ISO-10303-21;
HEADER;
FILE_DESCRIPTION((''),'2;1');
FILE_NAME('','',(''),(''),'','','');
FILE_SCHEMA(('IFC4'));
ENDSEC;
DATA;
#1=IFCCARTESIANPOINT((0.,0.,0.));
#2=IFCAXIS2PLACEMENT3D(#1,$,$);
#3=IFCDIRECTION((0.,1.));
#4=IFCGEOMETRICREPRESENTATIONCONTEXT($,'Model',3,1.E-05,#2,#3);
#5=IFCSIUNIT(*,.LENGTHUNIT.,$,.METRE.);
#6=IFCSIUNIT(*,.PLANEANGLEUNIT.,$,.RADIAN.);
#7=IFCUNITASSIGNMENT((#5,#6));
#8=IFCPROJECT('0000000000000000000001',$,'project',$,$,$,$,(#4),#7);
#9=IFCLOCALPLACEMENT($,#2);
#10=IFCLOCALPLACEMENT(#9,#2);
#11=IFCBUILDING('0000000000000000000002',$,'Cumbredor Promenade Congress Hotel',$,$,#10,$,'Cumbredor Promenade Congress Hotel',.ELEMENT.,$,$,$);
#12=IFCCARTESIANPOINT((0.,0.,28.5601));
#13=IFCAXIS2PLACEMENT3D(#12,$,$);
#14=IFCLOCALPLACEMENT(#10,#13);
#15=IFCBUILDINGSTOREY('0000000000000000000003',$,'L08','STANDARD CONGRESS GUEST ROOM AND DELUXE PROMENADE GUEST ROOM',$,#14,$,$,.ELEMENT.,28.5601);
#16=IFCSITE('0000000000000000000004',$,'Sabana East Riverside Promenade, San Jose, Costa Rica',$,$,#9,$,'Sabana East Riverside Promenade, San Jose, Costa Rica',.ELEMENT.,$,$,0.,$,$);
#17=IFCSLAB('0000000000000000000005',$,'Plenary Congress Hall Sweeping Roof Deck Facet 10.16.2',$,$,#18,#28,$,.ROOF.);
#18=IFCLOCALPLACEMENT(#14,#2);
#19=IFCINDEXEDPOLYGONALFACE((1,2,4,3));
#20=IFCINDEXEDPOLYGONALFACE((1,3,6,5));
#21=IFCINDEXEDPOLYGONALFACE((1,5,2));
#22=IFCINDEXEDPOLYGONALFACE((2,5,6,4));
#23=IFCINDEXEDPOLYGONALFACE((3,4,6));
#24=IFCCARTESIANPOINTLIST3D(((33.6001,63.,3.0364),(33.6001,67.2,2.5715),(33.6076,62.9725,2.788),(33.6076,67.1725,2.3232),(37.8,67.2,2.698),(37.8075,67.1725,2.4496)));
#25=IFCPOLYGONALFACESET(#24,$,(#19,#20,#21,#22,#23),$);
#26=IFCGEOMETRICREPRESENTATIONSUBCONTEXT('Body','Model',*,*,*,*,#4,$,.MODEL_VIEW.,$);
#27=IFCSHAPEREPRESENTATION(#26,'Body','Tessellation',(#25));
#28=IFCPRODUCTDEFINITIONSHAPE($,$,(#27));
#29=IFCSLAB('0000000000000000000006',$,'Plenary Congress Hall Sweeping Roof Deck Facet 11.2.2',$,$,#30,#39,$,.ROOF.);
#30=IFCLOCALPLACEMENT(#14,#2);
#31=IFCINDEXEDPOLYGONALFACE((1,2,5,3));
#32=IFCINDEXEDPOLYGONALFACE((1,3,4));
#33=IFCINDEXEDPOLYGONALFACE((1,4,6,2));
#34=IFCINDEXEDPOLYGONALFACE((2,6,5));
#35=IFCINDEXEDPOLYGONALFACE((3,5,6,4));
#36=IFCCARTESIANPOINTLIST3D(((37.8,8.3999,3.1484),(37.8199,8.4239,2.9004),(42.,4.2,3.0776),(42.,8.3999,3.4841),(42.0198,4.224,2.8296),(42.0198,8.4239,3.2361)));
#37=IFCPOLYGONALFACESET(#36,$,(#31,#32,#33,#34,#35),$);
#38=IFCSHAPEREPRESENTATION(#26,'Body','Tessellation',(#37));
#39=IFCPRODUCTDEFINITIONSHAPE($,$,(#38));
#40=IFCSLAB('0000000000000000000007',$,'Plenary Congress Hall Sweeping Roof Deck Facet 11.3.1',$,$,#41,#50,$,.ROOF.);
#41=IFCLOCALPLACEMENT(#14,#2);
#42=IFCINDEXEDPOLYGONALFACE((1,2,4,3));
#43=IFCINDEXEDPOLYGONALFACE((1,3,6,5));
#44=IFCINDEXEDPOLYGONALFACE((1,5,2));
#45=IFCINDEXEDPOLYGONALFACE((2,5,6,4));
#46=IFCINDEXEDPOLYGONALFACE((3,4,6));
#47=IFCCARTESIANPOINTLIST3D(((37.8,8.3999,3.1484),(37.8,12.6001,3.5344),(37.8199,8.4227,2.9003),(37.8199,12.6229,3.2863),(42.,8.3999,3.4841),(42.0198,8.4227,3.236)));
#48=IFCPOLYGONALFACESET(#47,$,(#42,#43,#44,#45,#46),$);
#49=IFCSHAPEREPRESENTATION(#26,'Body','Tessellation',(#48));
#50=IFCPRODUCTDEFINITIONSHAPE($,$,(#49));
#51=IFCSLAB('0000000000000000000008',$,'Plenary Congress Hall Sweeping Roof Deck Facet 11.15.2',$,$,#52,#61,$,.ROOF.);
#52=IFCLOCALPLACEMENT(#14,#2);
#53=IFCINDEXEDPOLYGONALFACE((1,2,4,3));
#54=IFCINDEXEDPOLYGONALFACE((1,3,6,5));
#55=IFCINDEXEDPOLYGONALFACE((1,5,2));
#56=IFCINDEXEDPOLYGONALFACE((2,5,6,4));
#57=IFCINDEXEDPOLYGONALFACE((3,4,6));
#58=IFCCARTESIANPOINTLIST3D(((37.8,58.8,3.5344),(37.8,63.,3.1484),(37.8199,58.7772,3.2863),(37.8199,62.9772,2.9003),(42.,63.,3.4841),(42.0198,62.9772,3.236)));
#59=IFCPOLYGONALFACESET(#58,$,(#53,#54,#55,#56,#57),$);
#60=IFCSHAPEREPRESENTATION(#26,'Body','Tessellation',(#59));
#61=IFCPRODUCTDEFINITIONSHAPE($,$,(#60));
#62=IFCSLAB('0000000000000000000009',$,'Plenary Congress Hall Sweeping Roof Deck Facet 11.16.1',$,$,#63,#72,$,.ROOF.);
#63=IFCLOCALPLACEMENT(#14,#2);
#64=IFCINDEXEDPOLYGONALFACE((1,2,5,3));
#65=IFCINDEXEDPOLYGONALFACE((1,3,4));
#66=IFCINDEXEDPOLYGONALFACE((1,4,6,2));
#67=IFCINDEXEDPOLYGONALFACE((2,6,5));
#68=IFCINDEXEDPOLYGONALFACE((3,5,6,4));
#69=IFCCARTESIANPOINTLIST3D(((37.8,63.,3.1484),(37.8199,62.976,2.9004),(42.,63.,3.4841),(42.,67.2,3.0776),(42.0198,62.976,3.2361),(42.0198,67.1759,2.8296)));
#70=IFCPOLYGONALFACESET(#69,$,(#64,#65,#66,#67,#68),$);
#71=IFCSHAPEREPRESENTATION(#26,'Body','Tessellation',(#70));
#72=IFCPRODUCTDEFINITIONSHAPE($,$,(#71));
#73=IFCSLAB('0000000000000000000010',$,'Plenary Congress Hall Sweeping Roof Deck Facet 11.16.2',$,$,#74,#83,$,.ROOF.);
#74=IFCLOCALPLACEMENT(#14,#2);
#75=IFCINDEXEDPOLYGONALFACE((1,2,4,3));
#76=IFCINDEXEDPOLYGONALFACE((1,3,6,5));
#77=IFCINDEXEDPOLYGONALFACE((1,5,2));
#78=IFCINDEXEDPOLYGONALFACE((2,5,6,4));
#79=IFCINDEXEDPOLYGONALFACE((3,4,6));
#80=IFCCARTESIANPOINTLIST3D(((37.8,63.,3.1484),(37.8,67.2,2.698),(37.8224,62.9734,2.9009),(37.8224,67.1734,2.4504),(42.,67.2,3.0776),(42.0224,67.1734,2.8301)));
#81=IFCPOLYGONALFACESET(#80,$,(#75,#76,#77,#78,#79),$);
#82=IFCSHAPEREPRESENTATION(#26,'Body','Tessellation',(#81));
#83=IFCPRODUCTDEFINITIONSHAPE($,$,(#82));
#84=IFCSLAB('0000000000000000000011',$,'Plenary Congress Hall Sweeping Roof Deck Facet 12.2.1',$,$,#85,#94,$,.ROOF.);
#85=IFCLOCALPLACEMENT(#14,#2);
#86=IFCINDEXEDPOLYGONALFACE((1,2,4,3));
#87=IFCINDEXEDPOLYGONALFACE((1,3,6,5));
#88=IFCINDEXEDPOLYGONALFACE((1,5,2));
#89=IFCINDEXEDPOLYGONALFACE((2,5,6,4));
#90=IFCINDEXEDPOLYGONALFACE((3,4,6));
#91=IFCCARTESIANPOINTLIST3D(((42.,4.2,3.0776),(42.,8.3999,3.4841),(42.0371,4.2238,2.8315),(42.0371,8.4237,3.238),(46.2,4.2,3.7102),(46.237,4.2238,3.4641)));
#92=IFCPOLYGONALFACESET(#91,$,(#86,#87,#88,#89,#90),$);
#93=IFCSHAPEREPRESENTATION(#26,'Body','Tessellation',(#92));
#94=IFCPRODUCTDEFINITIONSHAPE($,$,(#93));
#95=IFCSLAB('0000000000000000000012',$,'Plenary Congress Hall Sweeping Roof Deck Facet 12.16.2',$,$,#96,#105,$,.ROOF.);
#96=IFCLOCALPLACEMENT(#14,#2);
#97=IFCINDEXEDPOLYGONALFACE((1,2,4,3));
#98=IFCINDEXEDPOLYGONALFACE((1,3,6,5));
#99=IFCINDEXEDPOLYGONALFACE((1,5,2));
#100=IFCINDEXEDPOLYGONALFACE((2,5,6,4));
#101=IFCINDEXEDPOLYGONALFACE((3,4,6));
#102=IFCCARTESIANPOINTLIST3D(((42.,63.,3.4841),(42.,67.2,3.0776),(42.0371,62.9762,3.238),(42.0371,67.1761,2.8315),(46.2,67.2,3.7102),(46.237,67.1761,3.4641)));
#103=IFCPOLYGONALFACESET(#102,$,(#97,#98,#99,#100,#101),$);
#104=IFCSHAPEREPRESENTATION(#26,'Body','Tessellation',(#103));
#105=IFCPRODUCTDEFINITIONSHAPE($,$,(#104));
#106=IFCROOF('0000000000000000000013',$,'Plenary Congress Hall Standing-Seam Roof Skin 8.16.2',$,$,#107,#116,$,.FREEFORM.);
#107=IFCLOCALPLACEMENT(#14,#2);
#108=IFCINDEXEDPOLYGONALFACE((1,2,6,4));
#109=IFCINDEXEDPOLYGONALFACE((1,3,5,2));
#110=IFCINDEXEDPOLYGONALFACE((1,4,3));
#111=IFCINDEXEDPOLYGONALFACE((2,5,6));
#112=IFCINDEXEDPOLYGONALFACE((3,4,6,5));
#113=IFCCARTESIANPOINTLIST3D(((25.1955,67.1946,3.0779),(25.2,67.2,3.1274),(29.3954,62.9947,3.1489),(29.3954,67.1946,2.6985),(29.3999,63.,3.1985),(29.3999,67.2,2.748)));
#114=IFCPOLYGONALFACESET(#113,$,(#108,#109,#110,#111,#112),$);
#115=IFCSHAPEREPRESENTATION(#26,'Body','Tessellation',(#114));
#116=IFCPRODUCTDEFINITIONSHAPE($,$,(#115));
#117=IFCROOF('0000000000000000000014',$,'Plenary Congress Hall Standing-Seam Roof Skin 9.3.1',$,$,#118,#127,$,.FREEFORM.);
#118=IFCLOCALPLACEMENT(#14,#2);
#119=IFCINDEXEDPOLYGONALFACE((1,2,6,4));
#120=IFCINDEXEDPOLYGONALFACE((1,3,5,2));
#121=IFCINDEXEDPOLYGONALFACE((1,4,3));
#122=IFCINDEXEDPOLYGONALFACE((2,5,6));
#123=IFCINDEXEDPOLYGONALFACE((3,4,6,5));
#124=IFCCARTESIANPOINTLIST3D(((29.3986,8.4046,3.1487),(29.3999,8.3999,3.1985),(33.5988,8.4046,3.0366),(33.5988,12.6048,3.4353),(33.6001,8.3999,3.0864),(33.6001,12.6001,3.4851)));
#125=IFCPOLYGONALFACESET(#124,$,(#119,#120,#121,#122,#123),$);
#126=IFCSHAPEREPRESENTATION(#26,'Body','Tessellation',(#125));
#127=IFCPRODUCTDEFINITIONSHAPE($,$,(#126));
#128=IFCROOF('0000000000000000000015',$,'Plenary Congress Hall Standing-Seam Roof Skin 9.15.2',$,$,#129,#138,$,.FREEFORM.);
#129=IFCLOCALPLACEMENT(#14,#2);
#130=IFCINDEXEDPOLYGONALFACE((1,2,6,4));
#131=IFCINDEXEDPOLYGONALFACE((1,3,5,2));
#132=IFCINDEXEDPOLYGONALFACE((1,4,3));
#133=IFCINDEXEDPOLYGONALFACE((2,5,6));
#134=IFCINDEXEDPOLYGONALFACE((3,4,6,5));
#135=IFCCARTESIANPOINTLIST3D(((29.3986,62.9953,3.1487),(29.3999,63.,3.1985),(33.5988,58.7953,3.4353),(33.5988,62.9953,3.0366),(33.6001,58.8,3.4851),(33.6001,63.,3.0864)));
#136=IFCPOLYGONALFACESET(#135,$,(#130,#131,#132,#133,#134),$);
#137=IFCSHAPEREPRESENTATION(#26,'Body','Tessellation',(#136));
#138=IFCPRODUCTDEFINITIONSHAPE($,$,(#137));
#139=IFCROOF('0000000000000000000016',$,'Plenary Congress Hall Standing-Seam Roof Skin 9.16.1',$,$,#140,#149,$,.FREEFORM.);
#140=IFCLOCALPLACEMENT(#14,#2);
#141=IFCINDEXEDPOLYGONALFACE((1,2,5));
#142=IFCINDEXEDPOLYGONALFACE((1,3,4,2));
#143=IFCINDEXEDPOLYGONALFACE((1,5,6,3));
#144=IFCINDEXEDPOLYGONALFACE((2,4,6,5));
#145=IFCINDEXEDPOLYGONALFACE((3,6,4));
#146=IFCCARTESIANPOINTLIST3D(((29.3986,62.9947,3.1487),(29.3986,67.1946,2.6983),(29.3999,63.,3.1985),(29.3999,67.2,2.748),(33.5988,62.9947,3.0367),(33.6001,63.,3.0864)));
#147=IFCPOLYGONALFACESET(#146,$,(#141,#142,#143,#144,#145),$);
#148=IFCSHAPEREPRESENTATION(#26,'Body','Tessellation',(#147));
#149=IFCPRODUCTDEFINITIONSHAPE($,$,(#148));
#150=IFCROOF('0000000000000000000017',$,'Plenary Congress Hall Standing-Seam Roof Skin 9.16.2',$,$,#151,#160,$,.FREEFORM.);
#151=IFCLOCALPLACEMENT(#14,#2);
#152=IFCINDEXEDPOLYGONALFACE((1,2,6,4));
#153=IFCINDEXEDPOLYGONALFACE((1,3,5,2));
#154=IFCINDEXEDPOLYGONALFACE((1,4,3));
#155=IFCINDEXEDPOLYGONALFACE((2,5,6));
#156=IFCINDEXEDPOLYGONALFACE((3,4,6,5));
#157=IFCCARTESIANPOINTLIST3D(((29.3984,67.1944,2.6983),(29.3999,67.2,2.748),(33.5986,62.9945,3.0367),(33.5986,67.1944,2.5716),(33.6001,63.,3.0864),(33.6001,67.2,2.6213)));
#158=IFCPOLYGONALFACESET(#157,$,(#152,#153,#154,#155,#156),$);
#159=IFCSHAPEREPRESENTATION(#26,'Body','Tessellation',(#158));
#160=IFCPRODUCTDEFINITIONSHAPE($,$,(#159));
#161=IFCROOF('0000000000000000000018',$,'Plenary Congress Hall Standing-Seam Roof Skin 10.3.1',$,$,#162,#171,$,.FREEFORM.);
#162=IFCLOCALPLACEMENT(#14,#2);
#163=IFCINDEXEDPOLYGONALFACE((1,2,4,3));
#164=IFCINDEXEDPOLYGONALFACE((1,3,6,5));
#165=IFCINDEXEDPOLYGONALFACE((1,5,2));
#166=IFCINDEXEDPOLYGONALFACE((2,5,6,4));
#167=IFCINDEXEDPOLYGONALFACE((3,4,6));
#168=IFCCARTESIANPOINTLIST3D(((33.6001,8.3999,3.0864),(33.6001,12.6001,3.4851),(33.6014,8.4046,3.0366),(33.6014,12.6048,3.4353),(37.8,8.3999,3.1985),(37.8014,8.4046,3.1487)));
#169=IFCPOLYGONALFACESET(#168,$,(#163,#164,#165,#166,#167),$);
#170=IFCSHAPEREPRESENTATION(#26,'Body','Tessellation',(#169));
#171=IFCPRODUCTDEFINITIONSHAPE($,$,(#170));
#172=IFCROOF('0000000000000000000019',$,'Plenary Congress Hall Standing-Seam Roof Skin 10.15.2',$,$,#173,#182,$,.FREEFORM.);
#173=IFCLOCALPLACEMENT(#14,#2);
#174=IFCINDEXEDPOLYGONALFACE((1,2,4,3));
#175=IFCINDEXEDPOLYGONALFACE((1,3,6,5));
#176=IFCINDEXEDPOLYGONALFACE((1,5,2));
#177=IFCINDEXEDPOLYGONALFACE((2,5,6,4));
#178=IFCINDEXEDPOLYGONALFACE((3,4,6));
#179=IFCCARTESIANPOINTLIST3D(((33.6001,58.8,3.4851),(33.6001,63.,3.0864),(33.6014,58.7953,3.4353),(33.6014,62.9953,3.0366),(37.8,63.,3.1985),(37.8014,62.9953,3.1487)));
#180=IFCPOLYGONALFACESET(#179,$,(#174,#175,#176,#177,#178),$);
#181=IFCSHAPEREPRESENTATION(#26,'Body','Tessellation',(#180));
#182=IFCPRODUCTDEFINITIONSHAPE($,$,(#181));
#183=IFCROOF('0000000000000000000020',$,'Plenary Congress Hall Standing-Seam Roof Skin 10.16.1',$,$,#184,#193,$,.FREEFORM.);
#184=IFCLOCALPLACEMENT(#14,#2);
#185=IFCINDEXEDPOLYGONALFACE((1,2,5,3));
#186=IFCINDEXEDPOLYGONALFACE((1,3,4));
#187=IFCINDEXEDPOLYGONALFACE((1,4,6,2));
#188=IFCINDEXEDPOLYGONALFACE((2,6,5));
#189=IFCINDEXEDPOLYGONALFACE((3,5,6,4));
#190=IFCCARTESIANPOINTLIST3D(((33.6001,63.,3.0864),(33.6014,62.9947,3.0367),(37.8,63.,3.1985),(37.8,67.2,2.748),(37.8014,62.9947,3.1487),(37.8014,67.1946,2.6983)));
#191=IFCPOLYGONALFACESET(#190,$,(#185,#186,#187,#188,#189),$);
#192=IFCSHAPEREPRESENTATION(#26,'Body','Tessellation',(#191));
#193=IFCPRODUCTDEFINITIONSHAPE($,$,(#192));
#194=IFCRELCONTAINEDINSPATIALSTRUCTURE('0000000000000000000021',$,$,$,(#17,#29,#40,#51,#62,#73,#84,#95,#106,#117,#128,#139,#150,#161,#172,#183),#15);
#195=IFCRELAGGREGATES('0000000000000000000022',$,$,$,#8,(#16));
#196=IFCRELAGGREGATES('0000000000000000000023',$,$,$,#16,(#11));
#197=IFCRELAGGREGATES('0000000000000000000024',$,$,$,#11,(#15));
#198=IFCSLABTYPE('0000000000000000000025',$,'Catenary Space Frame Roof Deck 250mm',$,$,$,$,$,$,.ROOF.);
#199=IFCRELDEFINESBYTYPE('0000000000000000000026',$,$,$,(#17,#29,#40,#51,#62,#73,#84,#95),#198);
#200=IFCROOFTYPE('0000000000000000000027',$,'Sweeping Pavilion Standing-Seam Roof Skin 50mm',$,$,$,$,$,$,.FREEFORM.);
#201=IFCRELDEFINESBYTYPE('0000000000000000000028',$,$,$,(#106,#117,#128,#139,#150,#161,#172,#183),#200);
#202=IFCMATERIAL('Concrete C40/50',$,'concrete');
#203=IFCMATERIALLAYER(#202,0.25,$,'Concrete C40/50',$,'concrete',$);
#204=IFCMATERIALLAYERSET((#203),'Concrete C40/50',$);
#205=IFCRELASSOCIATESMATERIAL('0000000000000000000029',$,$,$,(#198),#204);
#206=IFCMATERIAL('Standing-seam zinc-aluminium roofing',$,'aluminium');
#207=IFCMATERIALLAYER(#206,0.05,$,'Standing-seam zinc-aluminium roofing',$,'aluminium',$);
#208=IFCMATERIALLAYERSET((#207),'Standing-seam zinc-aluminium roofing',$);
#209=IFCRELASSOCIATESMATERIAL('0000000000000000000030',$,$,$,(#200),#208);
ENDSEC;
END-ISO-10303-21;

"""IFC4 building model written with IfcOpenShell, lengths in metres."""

from ifc_helpers import new_model, si_unit, direction, frame, origin, place, context, subcontext, project, spatial, polyline, outline, extrude, material, layer, layer_set, type_object, element, save


model = new_model("IFC4")

# Units and contexts
model_context = context("Model", 3, precision=1e-05, world=origin(), true_north=direction((0.0, 1.0)))
body_context = subcontext(model_context, "Body", "Model", "MODEL_VIEW")
ifc_project = project(units=[si_unit("LENGTHUNIT", "METRE"), si_unit("PLANEANGLEUNIT", "RADIAN")], contexts=[model_context])

# Site, building, storey
site_placement = place(None, origin())
site = spatial("IfcSite", under=ifc_project, at=site_placement, Name="Sabana East Riverside Promenade, San Jose, Costa Rica", LongName="Sabana East Riverside Promenade, San Jose, Costa Rica", CompositionType="ELEMENT", RefElevation=0.0)
building_placement = place(site_placement, origin())
building = spatial("IfcBuilding", under=site, at=building_placement, Name="Cumbredor Promenade Congress Hotel", LongName="Cumbredor Promenade Congress Hotel", CompositionType="ELEMENT")
storey_placement = place(building_placement, frame((0.0, 0.0, 28.5601)))
storey = spatial("IfcBuildingStorey", under=building, at=storey_placement, Name="L08", Description="STANDARD CONGRESS GUEST ROOM AND DELUXE PROMENADE GUEST ROOM", CompositionType="ELEMENT", Elevation=28.5601)

# Slabs
ifc_material_1 = material(Name="Concrete C40/50", Category="concrete")
ifc_layer_1 = layer(ifc_material_1, 0.25, Name="Concrete C40/50", Category="concrete")
ifc_layer_set_1 = layer_set([ifc_layer_1], Name="Concrete C40/50")
slab_type = type_object("IfcSlabType", Name="Catenary Space Frame Roof Deck 250mm", PredefinedType="ROOF", material=ifc_layer_set_1)
slab_1_placement = place(storey_placement, frame((33.6001, 63.0, 3.0364), z_axis=(-0.029915, 0.109957, 0.993486), x_axis=(0.705962, 0.705962, -0.056877)))
element("IfcSlab", 1, at=slab_1_placement, inside=storey, type_object=slab_type, Name="Plenary Congress Hall Sweeping Roof Deck Facet 10.16.2", PredefinedType="ROOF", context=body_context, shape_type="SweptSolid", body=[
    extrude(outline(polyline([(0.0, 0.0), (5.9493, 0.0), (2.9914, 2.9844), (0.0, 0.0)])), origin(), (0.0, 0.0, -1.0), 0.25),
])
slab_2_placement = place(storey_placement, frame((42.0, 4.2, 3.0776), z_axis=(-0.079306, -0.096032, 0.992214), x_axis=(0.0, 0.995349, 0.096335)))
element("IfcSlab", 2, at=slab_2_placement, inside=storey, type_object=slab_type, Name="Plenary Congress Hall Sweeping Roof Deck Facet 11.2.2", PredefinedType="ROOF", context=body_context, shape_type="SweptSolid", body=[
    extrude(outline(polyline([(0.0, 0.0), (4.2196, 0.0), (4.1872, 4.2132), (0.0, 0.0)])), origin(), (0.0, 0.0, -1.0), 0.25),
])
slab_3_placement = place(storey_placement, frame((37.8, 8.3999, 3.1484), z_axis=(-0.079342, -0.091223, 0.992665), x_axis=(0.996821, 0.0, 0.079674)))
element("IfcSlab", 3, at=slab_3_placement, inside=storey, type_object=slab_type, Name="Plenary Congress Hall Sweeping Roof Deck Facet 11.3.1", PredefinedType="ROOF", context=body_context, shape_type="SweptSolid", body=[
    extrude(outline(polyline([(0.0, 0.0), (4.2133, 0.0), (0.0308, 4.2178), (0.0, 0.0)])), origin(), (0.0, 0.0, -1.0), 0.25),
])
slab_4_placement = place(storey_placement, frame((37.8, 58.8, 3.5344), z_axis=(-0.079342, 0.091228, 0.992664), x_axis=(0.707081, 0.707081, -0.008467)))
element("IfcSlab", 4, at=slab_4_placement, inside=storey, type_object=slab_type, Name="Plenary Congress Hall Sweeping Roof Deck Facet 11.15.2", PredefinedType="ROOF", context=body_context, shape_type="SweptSolid", body=[
    extrude(outline(polyline([(0.0, 0.0), (5.9398, 0.0), (2.973, 2.9917), (0.0, 0.0)])), origin(), (0.0, 0.0, -1.0), 0.25),
])
slab_5_placement = place(storey_placement, frame((37.8, 63.0, 3.1484), z_axis=(-0.079306, 0.096032, 0.992214), x_axis=(0.996821, 0.0, 0.079674)))
element("IfcSlab", 5, at=slab_5_placement, inside=storey, type_object=slab_type, Name="Plenary Congress Hall Sweeping Roof Deck Facet 11.16.1", PredefinedType="ROOF", context=body_context, shape_type="SweptSolid", body=[
    extrude(outline(polyline([(0.0, 0.0), (4.2133, 0.0), (4.181, 4.2195), (0.0, 0.0)])), origin(), (0.0, 0.0, -1.0), 0.25),
])
slab_6_placement = place(storey_placement, frame((37.8, 63.0, 3.1484), z_axis=(-0.089515, 0.106209, 0.990306), x_axis=(0.707057, 0.707057, -0.011919)))
element("IfcSlab", 6, at=slab_6_placement, inside=storey, type_object=slab_type, Name="Plenary Congress Hall Sweeping Roof Deck Facet 11.16.2", PredefinedType="ROOF", context=body_context, shape_type="SweptSolid", body=[
    extrude(outline(polyline([(0.0, 0.0), (5.94, 0.0), (2.975, 2.9987), (0.0, 0.0)])), origin(), (0.0, 0.0, -1.0), 0.25),
])
slab_7_placement = place(storey_placement, frame((42.0, 4.2, 3.0776), z_axis=(-0.148256, -0.095271, 0.984349), x_axis=(0.988847, 0.0, 0.148934)))
element("IfcSlab", 7, at=slab_7_placement, inside=storey, type_object=slab_type, Name="Plenary Congress Hall Sweeping Roof Deck Facet 12.2.1", PredefinedType="ROOF", context=body_context, shape_type="SweptSolid", body=[
    extrude(outline(polyline([(0.0, 0.0), (4.2473, 0.0), (0.0605, 4.2191), (0.0, 0.0)])), origin(), (0.0, 0.0, -1.0), 0.25),
])
slab_8_placement = place(storey_placement, frame((42.0, 63.0, 3.4841), z_axis=(-0.148256, 0.095271, 0.984349), x_axis=(0.706595, 0.706595, 0.038034)))
element("IfcSlab", 8, at=slab_8_placement, inside=storey, type_object=slab_type, Name="Plenary Congress Hall Sweeping Roof Deck Facet 12.16.2", PredefinedType="ROOF", context=body_context, shape_type="SweptSolid", body=[
    extrude(outline(polyline([(0.0, 0.0), (5.9439, 0.0), (2.9522, 3.0148), (0.0, 0.0)])), origin(), (0.0, 0.0, -1.0), 0.25),
])

# Roofs
ifc_material_2 = material(Name="Standing-seam zinc-aluminium roofing", Category="aluminium")
ifc_layer_2 = layer(ifc_material_2, 0.05, Name="Standing-seam zinc-aluminium roofing", Category="aluminium")
ifc_layer_set_2 = layer_set([ifc_layer_2], Name="Standing-seam zinc-aluminium roofing")
roof_type = type_object("IfcRoofType", Name="Sweeping Pavilion Standing-Seam Roof Skin 50mm", PredefinedType="FREEFORM", material=ifc_layer_set_2)
roof_1_placement = place(storey_placement, frame((29.3999, 63.0, 3.1985), z_axis=(0.089458, 0.10621, 0.990311), x_axis=(0.0, 0.994298, -0.106637)))
element("IfcRoof", 9, at=roof_1_placement, inside=storey, type_object=roof_type, Name="Plenary Congress Hall Standing-Seam Roof Skin 8.16.2", PredefinedType="FREEFORM", context=body_context, shape_type="SweptSolid", body=[
    extrude(outline(polyline([(0.0, 0.0), (4.224, 0.0), (4.1836, 4.2169), (0.0, 0.0)])), origin(), (0.0, 0.0, -1.0), 0.05),
])
roof_2_placement = place(storey_placement, frame((29.3999, 8.3999, 3.1985), z_axis=(0.026551, -0.094462, 0.995174), x_axis=(0.999644, 0.0, -0.02667)))
element("IfcRoof", 10, at=roof_2_placement, inside=storey, type_object=roof_type, Name="Plenary Congress Hall Standing-Seam Roof Skin 9.3.1", PredefinedType="FREEFORM", context=body_context, shape_type="SweptSolid", body=[
    extrude(outline(polyline([(0.0, 0.0), (4.2017, 0.0), (4.1911, 4.2191), (0.0, 0.0)])), origin(), (0.0, 0.0, -1.0), 0.05),
])
roof_3_placement = place(storey_placement, frame((33.6001, 58.8, 3.4851), z_axis=(0.026551, 0.094467, 0.995174), x_axis=(0.0, 0.995525, -0.0945)))
element("IfcRoof", 11, at=roof_3_placement, inside=storey, type_object=roof_type, Name="Plenary Congress Hall Standing-Seam Roof Skin 9.15.2", PredefinedType="FREEFORM", context=body_context, shape_type="SweptSolid", body=[
    extrude(outline(polyline([(0.0, 0.0), (4.2188, 0.0), (4.2082, 4.2017), (0.0, 0.0)])), origin(), (0.0, 0.0, -1.0), 0.05),
])
roof_4_placement = place(storey_placement, frame((29.3999, 63.0, 3.1985), z_axis=(0.026518, 0.1066, 0.993948), x_axis=(0.999644, 0.0, -0.02667)))
element("IfcRoof", 12, at=roof_4_placement, inside=storey, type_object=roof_type, Name="Plenary Congress Hall Standing-Seam Roof Skin 9.16.1", PredefinedType="FREEFORM", context=body_context, shape_type="SweptSolid", body=[
    extrude(outline(polyline([(0.0, 0.0), (4.2017, 0.0), (0.012, 4.224), (0.0, 0.0)])), origin(), (0.0, 0.0, -1.0), 0.05),
])
roof_5_placement = place(storey_placement, frame((33.6001, 63.0, 3.0864), z_axis=(0.029971, 0.110014, 0.993478), x_axis=(0.0, 0.993925, -0.110064)))
element("IfcRoof", 13, at=roof_5_placement, inside=storey, type_object=roof_type, Name="Plenary Congress Hall Standing-Seam Roof Skin 9.16.2", PredefinedType="FREEFORM", context=body_context, shape_type="SweptSolid", body=[
    extrude(outline(polyline([(0.0, 0.0), (4.2256, 0.0), (4.2117, 4.2021), (0.0, 0.0)])), origin(), (0.0, 0.0, -1.0), 0.05),
])
roof_6_placement = place(storey_placement, frame((33.6001, 8.3999, 3.0864), z_axis=(-0.026553, -0.094462, 0.995174), x_axis=(0.999644, 0.0, 0.026672)))
element("IfcRoof", 14, at=roof_6_placement, inside=storey, type_object=roof_type, Name="Plenary Congress Hall Standing-Seam Roof Skin 10.3.1", PredefinedType="FREEFORM", context=body_context, shape_type="SweptSolid", body=[
    extrude(outline(polyline([(0.0, 0.0), (4.2014, 0.0), (0.0106, 4.2191), (0.0, 0.0)])), origin(), (0.0, 0.0, -1.0), 0.05),
])
roof_7_placement = place(storey_placement, frame((33.6001, 58.8, 3.4851), z_axis=(-0.026553, 0.094467, 0.995174), x_axis=(0.706285, 0.706285, -0.0482)))
element("IfcRoof", 15, at=roof_7_placement, inside=storey, type_object=roof_type, Name="Plenary Congress Hall Standing-Seam Roof Skin 10.15.2", PredefinedType="FREEFORM", context=body_context, shape_type="SweptSolid", body=[
    extrude(outline(polyline([(0.0, 0.0), (5.9465, 0.0), (2.9856, 2.9807), (0.0, 0.0)])), origin(), (0.0, 0.0, -1.0), 0.05),
])
roof_8_placement = place(storey_placement, frame((33.6001, 63.0, 3.0864), z_axis=(-0.02652, 0.1066, 0.993948), x_axis=(0.999644, 0.0, 0.026672)))
element("IfcRoof", 16, at=roof_8_placement, inside=storey, type_object=roof_type, Name="Plenary Congress Hall Standing-Seam Roof Skin 10.16.1", PredefinedType="FREEFORM", context=body_context, shape_type="SweptSolid", body=[
    extrude(outline(polyline([(0.0, 0.0), (4.2014, 0.0), (4.1894, 4.224), (0.0, 0.0)])), origin(), (0.0, 0.0, -1.0), 0.05),
])

save(model, "model.ifc")
